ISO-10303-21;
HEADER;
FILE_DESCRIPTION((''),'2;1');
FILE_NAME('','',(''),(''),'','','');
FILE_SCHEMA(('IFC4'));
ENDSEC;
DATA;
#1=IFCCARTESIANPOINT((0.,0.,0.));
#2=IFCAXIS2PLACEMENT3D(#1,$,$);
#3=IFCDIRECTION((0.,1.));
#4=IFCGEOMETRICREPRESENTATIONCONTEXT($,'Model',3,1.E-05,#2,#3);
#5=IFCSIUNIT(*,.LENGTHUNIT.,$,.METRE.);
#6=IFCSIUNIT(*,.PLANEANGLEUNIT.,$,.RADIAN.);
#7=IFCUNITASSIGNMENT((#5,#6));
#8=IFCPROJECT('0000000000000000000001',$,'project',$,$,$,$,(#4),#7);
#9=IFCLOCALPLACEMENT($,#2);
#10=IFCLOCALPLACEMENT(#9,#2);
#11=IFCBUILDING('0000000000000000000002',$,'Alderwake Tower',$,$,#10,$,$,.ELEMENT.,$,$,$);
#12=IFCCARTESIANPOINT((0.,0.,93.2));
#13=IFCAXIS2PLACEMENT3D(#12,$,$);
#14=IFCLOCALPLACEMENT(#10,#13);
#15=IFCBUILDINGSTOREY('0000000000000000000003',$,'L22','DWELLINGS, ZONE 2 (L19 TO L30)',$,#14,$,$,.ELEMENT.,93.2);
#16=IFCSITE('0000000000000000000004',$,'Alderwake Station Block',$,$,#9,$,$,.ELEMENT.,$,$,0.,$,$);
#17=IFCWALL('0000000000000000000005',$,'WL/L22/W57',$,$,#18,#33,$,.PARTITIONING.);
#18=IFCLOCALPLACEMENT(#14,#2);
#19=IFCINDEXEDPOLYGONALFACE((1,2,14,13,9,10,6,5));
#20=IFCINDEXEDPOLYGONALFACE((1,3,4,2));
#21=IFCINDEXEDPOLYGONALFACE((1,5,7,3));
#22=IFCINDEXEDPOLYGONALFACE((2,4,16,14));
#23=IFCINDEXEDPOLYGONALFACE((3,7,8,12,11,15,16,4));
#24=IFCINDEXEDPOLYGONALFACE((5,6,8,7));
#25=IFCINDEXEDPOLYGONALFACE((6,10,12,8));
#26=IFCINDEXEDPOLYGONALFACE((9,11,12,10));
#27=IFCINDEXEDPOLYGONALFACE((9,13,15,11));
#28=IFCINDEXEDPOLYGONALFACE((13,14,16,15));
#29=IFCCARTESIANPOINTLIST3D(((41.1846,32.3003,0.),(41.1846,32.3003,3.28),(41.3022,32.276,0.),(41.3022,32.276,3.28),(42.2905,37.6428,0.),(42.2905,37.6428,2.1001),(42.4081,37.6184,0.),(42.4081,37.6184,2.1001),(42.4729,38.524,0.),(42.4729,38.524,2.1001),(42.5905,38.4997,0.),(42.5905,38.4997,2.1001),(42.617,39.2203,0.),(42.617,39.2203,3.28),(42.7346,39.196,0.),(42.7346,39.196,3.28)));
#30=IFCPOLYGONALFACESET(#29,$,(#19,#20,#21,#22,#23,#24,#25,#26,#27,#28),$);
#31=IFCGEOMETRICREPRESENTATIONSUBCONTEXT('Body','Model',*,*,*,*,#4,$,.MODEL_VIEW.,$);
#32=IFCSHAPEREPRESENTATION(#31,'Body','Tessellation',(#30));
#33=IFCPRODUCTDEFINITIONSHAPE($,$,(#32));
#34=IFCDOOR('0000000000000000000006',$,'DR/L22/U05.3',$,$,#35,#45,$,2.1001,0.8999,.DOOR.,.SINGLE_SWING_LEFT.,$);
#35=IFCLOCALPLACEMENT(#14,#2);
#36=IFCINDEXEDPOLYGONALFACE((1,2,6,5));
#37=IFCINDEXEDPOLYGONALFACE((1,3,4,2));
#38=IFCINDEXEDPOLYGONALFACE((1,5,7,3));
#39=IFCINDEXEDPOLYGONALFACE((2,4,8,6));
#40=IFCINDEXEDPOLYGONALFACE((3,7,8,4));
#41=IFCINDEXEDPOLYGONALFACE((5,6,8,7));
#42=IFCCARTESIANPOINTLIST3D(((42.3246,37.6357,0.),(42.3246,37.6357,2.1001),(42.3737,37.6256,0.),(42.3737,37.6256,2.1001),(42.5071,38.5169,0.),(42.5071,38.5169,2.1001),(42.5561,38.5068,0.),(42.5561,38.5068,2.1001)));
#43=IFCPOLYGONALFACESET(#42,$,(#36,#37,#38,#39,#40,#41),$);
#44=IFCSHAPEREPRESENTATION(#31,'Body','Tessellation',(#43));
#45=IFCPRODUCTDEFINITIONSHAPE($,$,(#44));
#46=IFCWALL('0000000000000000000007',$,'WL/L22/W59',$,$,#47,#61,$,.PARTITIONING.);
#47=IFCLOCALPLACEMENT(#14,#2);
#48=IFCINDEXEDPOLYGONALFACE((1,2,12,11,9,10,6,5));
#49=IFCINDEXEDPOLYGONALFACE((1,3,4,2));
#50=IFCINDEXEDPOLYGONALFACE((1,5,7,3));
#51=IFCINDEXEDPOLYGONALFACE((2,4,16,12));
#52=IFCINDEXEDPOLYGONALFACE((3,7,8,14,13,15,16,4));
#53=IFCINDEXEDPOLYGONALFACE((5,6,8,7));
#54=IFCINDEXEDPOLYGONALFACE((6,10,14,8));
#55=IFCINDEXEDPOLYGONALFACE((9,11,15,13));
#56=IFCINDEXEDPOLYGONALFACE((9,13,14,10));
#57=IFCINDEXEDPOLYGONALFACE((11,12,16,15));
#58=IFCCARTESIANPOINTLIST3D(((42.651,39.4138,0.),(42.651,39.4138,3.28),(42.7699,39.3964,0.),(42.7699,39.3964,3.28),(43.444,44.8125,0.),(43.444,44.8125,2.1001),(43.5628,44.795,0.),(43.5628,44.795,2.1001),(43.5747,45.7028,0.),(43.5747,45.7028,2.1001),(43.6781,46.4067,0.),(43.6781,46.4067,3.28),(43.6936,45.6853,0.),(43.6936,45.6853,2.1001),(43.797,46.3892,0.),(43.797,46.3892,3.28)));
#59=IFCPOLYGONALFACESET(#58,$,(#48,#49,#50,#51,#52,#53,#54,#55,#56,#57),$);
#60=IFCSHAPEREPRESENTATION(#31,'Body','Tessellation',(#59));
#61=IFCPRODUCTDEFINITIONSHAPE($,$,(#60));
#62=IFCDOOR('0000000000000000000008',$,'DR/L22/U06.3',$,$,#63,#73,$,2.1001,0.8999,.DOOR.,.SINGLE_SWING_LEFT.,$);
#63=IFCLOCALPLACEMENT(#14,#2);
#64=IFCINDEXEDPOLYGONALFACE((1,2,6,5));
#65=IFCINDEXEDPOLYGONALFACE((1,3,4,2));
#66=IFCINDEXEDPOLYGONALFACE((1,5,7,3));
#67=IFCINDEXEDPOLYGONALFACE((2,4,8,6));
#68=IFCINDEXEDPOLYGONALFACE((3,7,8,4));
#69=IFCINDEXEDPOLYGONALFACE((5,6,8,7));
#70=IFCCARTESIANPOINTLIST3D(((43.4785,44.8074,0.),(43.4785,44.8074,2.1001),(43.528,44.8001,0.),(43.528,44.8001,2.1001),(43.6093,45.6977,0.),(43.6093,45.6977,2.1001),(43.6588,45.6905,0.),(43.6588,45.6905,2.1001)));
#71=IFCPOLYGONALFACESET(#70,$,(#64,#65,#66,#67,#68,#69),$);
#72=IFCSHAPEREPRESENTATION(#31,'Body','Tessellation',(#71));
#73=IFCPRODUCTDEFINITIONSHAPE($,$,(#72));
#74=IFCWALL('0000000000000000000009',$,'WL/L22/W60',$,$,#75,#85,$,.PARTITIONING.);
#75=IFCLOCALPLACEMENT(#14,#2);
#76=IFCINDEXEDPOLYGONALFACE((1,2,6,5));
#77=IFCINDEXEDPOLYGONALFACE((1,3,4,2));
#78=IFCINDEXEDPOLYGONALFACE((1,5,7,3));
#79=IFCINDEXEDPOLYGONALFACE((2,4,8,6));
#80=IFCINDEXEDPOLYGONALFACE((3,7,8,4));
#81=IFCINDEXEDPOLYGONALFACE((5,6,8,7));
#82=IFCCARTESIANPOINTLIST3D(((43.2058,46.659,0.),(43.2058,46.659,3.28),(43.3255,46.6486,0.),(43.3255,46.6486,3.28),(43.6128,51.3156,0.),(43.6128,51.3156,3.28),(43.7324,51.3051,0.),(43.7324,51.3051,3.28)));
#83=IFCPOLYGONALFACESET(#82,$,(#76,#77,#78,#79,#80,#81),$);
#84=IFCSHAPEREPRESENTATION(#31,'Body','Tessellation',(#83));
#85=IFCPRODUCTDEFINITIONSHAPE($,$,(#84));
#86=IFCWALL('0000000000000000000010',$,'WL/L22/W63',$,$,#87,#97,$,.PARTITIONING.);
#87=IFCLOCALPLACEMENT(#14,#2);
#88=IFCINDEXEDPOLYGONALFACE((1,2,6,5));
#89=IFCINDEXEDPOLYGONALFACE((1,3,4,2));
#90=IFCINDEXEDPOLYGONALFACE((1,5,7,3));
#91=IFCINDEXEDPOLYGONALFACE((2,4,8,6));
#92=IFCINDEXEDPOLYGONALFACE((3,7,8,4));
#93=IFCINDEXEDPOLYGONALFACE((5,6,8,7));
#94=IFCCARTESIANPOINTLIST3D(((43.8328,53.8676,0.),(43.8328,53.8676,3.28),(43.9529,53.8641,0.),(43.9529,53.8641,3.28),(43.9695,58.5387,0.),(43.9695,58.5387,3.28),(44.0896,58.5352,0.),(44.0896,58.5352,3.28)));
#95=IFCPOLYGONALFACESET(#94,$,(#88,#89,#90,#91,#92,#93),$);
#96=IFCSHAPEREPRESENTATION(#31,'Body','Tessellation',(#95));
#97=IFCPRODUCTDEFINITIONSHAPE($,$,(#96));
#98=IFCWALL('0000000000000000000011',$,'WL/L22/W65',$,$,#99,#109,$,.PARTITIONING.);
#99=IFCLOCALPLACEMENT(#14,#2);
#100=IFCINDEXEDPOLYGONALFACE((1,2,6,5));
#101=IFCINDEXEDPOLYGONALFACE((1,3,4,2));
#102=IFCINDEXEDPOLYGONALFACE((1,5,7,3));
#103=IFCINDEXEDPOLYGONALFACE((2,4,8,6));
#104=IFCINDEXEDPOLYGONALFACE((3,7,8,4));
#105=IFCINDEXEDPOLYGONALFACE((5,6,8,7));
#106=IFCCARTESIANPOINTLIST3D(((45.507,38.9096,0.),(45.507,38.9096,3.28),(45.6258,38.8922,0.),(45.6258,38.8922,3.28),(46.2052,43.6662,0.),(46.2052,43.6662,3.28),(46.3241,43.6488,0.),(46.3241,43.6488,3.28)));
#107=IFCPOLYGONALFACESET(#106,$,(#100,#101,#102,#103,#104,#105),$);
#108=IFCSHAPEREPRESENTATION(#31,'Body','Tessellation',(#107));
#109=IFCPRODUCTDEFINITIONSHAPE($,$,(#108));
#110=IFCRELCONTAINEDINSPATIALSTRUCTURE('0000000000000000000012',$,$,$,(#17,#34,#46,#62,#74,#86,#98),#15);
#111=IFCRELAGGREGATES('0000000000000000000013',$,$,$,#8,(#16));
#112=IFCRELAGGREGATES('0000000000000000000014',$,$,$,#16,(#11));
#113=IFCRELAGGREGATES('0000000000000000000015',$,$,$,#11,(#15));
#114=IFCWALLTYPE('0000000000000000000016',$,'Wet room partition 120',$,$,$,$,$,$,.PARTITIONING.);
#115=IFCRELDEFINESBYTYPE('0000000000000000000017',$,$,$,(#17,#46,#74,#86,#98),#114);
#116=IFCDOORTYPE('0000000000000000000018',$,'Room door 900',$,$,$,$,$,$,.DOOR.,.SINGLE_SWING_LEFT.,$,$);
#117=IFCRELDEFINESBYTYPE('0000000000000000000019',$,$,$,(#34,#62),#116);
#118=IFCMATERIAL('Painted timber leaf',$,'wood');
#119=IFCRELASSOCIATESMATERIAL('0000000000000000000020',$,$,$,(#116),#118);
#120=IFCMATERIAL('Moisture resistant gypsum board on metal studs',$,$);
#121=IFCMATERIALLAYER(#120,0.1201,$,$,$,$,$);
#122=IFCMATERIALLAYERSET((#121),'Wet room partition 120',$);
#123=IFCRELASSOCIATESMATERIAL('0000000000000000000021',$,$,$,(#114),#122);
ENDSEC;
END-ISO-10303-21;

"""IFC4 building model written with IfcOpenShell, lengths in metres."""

from ifc_helpers import new_model, si_unit, direction, frame, frame_2d, origin, place, context, subcontext, project, spatial, rectangle, extrude, material, layer, layer_set, type_object, element, fill, save


model = new_model("IFC4")

# Units and contexts
model_context = context("Model", 3, precision=1e-05, world=origin(), true_north=direction((0.0, 1.0)))
body_context = subcontext(model_context, "Body", "Model", "MODEL_VIEW")
ifc_project = project(units=[si_unit("LENGTHUNIT", "METRE"), si_unit("PLANEANGLEUNIT", "RADIAN")], contexts=[model_context])

# Site, building, storey
site_placement = place(None, origin())
site = spatial("IfcSite", under=ifc_project, at=site_placement, Name="Alderwake Station Block", CompositionType="ELEMENT", RefElevation=0.0)
building_placement = place(site_placement, origin())
building = spatial("IfcBuilding", under=site, at=building_placement, Name="Alderwake Tower", CompositionType="ELEMENT")
storey_placement = place(building_placement, frame((0.0, 0.0, 93.2)))
storey = spatial("IfcBuildingStorey", under=building, at=storey_placement, Name="L22", Description="DWELLINGS, ZONE 2 (L19 TO L30)", CompositionType="ELEMENT", Elevation=93.2)

# Shared definitions
ifc_material_1 = material(Name="Painted timber leaf", Category="wood")
door_type_1 = type_object("IfcDoorType", Name="Room door 900", OperationType="SINGLE_SWING_LEFT", PredefinedType="DOOR", material=ifc_material_1)

# Walls, openings, doors
ifc_material_2 = material(Name="Moisture resistant gypsum board on metal studs")
ifc_layer_1 = layer(ifc_material_2, 0.1201)
ifc_layer_set_1 = layer_set([ifc_layer_1], Name="Wet room partition 120")
wall_type_1 = type_object("IfcWallType", Name="Wet room partition 120", PredefinedType="PARTITIONING", material=ifc_layer_set_1)
wall_1_placement = place(storey_placement, frame((42.6758, 39.208, 0.0), z_axis=(0.0, 0.0, 1.0), x_axis=(-0.202696, -0.979242, 0.0)))
wall_1 = element("IfcWall", 1, at=wall_1_placement, inside=storey, type_object=wall_type_1, Name="WL/L22/W57", PredefinedType="PARTITIONING", context=body_context, shape_type="SweptSolid", body=[
    extrude(rectangle(XDim=7.0667, YDim=0.1201, at=frame_2d((3.5332, 0.0))), origin(), (0.0, 0.0, 1.0), 3.28),
])
opening_1_placement = place(wall_1_placement, frame((0.7109, 0.0, 0.0)))
opening_1 = element("IfcOpeningElement", 2, at=opening_1_placement, cuts=wall_1, PredefinedType="OPENING", context=body_context, shape_type="SweptSolid", body=[
    extrude(rectangle(XDim=0.8999, YDim=2.1001, at=frame_2d((0.45, 1.05))), frame((0.0, 0.0701, 0.0), z_axis=(0.0, -1.0, 0.0), x_axis=(1.0, 0.0, 0.0)), (0.0, 0.0, 1.0), 0.1401),
])
door_1_placement = place(opening_1_placement, origin())
door_1 = element("IfcDoor", 3, at=door_1_placement, inside=storey, type_object=door_type_1, Name="DR/L22/U05.3", OperationType="SINGLE_SWING_LEFT", OverallHeight=2.1001, OverallWidth=0.8999, PredefinedType="DOOR", context=body_context, shape_type="SweptSolid", body=[
    extrude(rectangle(XDim=0.8999, YDim=2.1001, at=frame_2d((0.45, 1.05))), frame((0.0, 0.0249, 0.0), z_axis=(0.0, -1.0, 0.0), x_axis=(1.0, 0.0, 0.0)), (0.0, 0.0, 1.0), 0.05),
])
fill(opening_1, door_1)
wall_2_placement = place(storey_placement, frame((43.7375, 46.3979, 0.0), z_axis=(0.0, 0.0, 1.0), x_axis=(-0.145318, -0.989385, 0.0)))
wall_2 = element("IfcWall", 4, at=wall_2_placement, inside=storey, type_object=wall_type_1, Name="WL/L22/W59", PredefinedType="PARTITIONING", context=body_context, shape_type="SweptSolid", body=[
    extrude(rectangle(XDim=7.0679, YDim=0.1201, at=frame_2d((3.5339, 0.0))), origin(), (0.0, 0.0, 1.0), 3.28),
])
opening_2_placement = place(wall_2_placement, frame((0.7114, 0.0, 0.0)))
opening_2 = element("IfcOpeningElement", 5, at=opening_2_placement, cuts=wall_2, PredefinedType="OPENING", context=body_context, shape_type="SweptSolid", body=[
    extrude(rectangle(XDim=0.8999, YDim=2.1001, at=frame_2d((0.45, 1.05))), frame((0.0, 0.0701, 0.0), z_axis=(0.0, -1.0, 0.0), x_axis=(1.0, 0.0, 0.0)), (0.0, 0.0, 1.0), 0.1401),
])
door_2_placement = place(opening_2_placement, origin())
door_2 = element("IfcDoor", 6, at=door_2_placement, inside=storey, type_object=door_type_1, Name="DR/L22/U06.3", OperationType="SINGLE_SWING_LEFT", OverallHeight=2.1001, OverallWidth=0.8999, PredefinedType="DOOR", context=body_context, shape_type="SweptSolid", body=[
    extrude(rectangle(XDim=0.8999, YDim=2.1001, at=frame_2d((0.45, 1.05))), frame((0.0, 0.0249, 0.0), z_axis=(0.0, -1.0, 0.0), x_axis=(1.0, 0.0, 0.0)), (0.0, 0.0, 1.0), 0.05),
])
fill(opening_2, door_2)

# Walls
wall_3_placement = place(storey_placement, frame((43.2656, 46.6538, 0.0), z_axis=(0.0, 0.0, 1.0), x_axis=(0.087069, 0.996202, 0.0)))
element("IfcWall", 7, at=wall_3_placement, inside=storey, type_object=wall_type_1, Name="WL/L22/W60", PredefinedType="PARTITIONING", context=body_context, shape_type="SweptSolid", body=[
    extrude(rectangle(XDim=4.6743, YDim=0.1201, at=frame_2d((2.3372, 0.0))), origin(), (0.0, 0.0, 1.0), 3.28),
])
wall_4_placement = place(storey_placement, frame((43.8928, 53.866, 0.0), z_axis=(0.0, 0.0, 1.0), x_axis=(0.029256, 0.999572, 0.0)))
element("IfcWall", 8, at=wall_4_placement, inside=storey, type_object=wall_type_1, Name="WL/L22/W63", PredefinedType="PARTITIONING", context=body_context, shape_type="SweptSolid", body=[
    extrude(rectangle(XDim=4.6731, YDim=0.1201, at=frame_2d((2.3364, 0.0))), origin(), (0.0, 0.0, 1.0), 3.28),
])
wall_5_placement = place(storey_placement, frame((45.5664, 38.9009, 0.0), z_axis=(0.0, 0.0, 1.0), x_axis=(0.145238, 0.989397, 0.0)))
element("IfcWall", 9, at=wall_5_placement, inside=storey, type_object=wall_type_1, Name="WL/L22/W65", PredefinedType="PARTITIONING", context=body_context, shape_type="SweptSolid", body=[
    extrude(rectangle(XDim=4.8076, YDim=0.1201, at=frame_2d((2.4038, 0.0))), origin(), (0.0, 0.0, 1.0), 3.28),
])

save(model, "model.ifc")
